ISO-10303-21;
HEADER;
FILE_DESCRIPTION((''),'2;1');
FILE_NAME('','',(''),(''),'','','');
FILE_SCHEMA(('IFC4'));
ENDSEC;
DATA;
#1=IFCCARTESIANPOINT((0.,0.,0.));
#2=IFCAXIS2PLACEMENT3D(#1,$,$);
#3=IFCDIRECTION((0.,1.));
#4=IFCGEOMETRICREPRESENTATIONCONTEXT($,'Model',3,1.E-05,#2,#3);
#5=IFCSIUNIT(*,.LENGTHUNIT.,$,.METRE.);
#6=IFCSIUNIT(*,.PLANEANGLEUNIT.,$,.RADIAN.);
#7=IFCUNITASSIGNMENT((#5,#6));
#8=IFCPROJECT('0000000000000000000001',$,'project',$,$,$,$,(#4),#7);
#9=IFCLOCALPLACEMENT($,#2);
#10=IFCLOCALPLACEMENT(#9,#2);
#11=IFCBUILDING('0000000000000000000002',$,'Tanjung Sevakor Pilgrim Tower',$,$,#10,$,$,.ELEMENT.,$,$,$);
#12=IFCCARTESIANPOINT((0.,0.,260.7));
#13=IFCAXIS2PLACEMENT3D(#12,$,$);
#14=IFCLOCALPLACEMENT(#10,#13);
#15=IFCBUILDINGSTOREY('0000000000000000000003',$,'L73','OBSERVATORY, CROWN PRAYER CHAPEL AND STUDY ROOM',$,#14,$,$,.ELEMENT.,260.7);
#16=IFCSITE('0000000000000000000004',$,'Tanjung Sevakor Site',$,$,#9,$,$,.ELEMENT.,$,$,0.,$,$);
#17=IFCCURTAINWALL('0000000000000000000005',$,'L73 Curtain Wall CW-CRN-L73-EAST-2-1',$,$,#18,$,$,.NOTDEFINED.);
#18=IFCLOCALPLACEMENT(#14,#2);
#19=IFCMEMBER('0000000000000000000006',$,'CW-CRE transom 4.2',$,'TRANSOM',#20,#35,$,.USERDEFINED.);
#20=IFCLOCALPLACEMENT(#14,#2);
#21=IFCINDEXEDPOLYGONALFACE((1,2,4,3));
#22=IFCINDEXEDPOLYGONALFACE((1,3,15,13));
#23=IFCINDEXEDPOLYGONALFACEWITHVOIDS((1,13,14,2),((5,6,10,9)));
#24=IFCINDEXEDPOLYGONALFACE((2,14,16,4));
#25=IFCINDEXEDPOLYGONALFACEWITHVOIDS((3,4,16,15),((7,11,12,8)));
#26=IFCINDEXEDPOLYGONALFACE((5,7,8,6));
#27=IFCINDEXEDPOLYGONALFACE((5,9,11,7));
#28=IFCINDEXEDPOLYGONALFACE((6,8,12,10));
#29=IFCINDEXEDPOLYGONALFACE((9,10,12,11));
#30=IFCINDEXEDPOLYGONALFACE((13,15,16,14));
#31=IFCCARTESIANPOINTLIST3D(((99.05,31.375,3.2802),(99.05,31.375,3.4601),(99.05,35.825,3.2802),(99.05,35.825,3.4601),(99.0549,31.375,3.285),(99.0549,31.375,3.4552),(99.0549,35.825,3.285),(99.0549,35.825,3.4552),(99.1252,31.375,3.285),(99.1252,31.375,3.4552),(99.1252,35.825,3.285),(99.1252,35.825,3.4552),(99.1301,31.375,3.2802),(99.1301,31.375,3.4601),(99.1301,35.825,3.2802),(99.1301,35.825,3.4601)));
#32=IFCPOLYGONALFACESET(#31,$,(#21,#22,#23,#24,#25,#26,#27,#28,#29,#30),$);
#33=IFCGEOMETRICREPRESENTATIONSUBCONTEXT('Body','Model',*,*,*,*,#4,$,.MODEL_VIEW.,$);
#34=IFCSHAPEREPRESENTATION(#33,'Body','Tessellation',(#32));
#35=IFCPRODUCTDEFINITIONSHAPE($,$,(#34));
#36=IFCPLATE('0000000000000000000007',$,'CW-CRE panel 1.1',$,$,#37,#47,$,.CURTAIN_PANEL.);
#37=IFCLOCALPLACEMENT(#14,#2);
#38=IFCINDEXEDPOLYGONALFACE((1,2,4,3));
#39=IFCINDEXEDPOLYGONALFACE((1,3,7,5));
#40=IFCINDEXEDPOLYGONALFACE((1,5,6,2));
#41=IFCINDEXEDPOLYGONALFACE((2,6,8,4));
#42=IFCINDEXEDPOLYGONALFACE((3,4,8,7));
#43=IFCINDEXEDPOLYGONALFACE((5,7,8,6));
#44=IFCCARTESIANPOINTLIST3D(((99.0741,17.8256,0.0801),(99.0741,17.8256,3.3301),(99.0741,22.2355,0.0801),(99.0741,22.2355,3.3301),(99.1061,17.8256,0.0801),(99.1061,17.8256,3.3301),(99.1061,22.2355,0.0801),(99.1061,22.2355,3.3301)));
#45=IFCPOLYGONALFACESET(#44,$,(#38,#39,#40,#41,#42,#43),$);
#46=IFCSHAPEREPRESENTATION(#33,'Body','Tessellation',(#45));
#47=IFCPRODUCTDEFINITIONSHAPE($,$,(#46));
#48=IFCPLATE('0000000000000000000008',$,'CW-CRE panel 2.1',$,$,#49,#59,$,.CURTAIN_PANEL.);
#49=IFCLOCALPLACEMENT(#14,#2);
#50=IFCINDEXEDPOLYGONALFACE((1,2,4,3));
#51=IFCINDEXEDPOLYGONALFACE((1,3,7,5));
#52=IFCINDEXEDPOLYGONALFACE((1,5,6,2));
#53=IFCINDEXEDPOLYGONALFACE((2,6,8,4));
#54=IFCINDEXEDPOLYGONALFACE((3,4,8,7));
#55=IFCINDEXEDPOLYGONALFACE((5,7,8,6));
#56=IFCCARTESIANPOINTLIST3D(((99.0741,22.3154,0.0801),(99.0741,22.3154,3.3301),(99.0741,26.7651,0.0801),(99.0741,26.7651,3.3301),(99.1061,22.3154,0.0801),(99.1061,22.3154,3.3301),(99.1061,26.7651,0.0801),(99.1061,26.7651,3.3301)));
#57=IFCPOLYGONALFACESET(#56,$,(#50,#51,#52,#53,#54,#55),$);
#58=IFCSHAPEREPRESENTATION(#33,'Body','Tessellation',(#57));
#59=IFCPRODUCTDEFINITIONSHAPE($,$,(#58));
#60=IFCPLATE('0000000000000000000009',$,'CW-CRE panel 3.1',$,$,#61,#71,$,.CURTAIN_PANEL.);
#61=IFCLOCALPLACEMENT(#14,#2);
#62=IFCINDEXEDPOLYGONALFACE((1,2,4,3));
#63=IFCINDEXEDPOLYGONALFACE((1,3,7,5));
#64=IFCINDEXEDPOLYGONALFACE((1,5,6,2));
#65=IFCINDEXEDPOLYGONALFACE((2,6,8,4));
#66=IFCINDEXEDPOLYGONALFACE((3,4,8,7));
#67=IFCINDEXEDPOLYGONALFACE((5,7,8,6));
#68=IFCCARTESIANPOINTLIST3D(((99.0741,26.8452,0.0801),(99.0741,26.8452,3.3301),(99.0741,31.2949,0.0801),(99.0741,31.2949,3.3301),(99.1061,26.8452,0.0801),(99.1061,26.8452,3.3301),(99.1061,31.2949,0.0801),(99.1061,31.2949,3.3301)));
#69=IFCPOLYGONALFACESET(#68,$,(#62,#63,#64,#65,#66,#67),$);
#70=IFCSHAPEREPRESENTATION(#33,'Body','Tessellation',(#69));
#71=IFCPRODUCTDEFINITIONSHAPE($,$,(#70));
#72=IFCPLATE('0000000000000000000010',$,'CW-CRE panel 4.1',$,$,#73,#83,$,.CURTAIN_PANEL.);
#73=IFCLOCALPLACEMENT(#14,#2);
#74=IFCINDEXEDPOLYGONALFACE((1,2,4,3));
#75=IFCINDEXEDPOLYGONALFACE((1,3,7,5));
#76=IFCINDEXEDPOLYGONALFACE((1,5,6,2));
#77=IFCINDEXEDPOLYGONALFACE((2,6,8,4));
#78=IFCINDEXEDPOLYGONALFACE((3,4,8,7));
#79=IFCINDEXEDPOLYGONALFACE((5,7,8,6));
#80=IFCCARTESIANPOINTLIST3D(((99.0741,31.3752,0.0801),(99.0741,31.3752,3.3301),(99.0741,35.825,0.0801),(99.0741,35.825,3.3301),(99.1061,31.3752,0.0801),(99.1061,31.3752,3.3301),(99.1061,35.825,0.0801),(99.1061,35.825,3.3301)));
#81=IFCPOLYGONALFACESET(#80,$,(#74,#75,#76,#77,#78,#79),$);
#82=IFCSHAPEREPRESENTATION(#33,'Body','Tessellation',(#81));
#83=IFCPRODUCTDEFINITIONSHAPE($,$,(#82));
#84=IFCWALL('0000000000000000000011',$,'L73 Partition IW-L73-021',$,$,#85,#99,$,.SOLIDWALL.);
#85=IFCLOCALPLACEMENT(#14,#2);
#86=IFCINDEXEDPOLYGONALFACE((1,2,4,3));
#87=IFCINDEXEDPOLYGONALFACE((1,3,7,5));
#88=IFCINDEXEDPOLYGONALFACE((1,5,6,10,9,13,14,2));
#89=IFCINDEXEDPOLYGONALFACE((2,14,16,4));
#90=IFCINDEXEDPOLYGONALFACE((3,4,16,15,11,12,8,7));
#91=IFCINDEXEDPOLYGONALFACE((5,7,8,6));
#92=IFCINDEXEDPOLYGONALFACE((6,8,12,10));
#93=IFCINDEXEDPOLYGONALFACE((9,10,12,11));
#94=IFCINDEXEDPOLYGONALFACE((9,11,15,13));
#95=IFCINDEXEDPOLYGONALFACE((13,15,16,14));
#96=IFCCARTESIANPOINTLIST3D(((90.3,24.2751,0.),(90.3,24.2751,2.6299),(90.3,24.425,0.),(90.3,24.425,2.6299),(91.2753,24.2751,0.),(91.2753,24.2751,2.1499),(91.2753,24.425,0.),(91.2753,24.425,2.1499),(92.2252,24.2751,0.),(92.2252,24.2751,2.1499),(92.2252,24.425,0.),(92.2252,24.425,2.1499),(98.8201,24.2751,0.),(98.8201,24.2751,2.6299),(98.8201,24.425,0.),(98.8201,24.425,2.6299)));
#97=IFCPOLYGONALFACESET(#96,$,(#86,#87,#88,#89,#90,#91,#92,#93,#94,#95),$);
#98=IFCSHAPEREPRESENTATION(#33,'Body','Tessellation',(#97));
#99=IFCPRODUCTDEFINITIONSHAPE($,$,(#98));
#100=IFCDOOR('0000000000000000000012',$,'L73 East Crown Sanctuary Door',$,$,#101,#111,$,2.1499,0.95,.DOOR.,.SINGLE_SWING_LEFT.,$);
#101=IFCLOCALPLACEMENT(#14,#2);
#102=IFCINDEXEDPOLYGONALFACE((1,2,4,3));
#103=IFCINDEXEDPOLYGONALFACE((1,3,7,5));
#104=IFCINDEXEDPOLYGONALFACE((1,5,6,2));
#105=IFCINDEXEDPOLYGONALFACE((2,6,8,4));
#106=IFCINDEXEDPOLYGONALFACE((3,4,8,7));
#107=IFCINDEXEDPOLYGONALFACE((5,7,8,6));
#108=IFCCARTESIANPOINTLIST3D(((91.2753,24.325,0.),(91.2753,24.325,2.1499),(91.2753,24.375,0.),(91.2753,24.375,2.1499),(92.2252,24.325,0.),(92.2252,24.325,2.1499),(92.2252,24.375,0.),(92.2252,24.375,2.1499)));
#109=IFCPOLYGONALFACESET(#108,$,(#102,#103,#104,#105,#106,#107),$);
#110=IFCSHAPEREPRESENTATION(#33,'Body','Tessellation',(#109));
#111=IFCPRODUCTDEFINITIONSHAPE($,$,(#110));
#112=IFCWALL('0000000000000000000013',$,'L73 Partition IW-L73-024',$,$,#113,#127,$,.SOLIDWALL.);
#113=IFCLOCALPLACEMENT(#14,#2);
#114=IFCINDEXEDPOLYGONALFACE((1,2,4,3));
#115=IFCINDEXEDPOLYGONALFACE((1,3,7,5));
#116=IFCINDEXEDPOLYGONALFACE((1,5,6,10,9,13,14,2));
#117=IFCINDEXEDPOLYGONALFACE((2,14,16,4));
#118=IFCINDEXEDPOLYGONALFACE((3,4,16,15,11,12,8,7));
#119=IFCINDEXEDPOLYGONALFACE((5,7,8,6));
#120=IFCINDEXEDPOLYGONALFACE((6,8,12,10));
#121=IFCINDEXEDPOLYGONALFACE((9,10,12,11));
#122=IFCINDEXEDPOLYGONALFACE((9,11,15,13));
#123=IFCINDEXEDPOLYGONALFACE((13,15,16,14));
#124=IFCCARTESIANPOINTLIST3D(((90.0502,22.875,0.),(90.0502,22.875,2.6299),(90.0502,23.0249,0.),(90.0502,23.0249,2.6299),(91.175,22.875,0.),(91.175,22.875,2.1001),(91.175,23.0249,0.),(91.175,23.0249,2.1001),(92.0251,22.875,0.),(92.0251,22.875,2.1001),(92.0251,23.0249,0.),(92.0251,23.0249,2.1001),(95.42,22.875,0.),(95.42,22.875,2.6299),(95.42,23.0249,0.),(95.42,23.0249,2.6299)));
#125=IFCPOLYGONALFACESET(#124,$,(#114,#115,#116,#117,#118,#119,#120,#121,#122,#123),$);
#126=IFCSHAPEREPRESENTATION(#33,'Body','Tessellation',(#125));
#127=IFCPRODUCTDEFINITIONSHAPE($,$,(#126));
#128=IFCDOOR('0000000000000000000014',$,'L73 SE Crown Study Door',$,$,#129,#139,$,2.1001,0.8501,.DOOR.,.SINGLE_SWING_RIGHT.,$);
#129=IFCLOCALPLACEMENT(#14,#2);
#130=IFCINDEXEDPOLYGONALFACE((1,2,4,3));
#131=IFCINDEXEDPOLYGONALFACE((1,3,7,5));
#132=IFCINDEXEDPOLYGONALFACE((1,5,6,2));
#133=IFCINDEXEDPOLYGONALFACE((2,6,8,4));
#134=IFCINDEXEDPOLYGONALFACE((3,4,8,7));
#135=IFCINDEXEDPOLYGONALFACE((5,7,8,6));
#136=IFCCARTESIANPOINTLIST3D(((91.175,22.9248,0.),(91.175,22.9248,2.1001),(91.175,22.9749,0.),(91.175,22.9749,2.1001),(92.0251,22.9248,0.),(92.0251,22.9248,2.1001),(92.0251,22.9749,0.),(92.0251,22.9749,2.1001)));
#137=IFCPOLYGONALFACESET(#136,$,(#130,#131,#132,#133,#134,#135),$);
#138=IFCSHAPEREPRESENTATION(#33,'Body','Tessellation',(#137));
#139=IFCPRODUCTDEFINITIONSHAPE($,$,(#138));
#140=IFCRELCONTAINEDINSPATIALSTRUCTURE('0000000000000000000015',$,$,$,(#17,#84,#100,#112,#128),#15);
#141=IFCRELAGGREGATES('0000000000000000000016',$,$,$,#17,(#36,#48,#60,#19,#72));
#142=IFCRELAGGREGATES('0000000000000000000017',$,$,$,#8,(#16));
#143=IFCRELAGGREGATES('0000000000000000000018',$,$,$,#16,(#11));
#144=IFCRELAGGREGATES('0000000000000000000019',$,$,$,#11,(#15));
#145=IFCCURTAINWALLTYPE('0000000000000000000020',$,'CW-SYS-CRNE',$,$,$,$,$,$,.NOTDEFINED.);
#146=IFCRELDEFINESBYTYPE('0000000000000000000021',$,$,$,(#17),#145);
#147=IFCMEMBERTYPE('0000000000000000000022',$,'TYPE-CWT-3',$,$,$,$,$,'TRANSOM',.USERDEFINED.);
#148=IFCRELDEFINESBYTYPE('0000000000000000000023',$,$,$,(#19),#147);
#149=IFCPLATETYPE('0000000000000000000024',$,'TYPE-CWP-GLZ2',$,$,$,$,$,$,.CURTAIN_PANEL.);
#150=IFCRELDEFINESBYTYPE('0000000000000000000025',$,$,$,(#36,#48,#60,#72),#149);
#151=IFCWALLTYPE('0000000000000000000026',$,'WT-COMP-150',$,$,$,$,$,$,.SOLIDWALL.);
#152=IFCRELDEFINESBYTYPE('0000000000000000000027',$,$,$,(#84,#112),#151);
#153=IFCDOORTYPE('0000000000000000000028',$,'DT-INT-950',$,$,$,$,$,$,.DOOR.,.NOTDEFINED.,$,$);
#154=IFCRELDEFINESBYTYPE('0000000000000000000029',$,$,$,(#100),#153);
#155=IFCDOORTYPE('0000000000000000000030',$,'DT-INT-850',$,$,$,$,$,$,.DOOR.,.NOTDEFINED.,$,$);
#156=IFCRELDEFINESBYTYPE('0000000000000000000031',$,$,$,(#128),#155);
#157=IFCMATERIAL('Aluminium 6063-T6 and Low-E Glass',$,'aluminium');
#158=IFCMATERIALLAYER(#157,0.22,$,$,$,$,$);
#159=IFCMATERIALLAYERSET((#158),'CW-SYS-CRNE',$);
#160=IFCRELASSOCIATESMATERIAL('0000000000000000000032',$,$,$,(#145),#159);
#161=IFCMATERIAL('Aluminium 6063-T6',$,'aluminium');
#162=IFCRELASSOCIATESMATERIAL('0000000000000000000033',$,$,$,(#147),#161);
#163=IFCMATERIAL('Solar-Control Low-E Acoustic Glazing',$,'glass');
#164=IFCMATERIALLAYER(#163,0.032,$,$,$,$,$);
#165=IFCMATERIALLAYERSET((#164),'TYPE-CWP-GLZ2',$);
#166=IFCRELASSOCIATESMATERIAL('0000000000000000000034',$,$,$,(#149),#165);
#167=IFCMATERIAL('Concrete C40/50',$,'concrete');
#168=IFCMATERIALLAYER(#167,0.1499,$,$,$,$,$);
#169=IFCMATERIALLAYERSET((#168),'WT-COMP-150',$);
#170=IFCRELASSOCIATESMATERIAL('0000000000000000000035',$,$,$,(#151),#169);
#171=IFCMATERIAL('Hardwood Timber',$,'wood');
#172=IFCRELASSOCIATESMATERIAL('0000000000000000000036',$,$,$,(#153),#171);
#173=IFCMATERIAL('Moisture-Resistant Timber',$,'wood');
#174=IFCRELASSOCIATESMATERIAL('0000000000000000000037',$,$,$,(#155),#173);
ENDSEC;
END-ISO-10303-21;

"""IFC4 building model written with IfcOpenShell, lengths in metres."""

from ifc_helpers import new_model, si_unit, direction, frame, frame_2d, origin, origin_2d, place, context, subcontext, project, spatial, rectangle, hollow_rectangle, extrude, material, layer, layer_set, material_profile, profile_set, type_object, element, fill, aggregate, save


model = new_model("IFC4")

# Units and contexts
model_context = context("Model", 3, precision=1e-05, world=origin(), true_north=direction((0.0, 1.0)))
body_context = subcontext(model_context, "Body", "Model", "MODEL_VIEW")
ifc_project = project(units=[si_unit("LENGTHUNIT", "METRE"), si_unit("PLANEANGLEUNIT", "RADIAN")], contexts=[model_context])

# Site, building, storey
site_placement = place(None, origin())
site = spatial("IfcSite", under=ifc_project, at=site_placement, Name="Tanjung Sevakor Site", CompositionType="ELEMENT", RefElevation=0.0)
building_placement = place(site_placement, origin())
building = spatial("IfcBuilding", under=site, at=building_placement, Name="Tanjung Sevakor Pilgrim Tower", CompositionType="ELEMENT")
storey_placement = place(building_placement, frame((0.0, 0.0, 260.7)))
storey = spatial("IfcBuildingStorey", under=building, at=storey_placement, Name="L73", Description="OBSERVATORY, CROWN PRAYER CHAPEL AND STUDY ROOM", CompositionType="ELEMENT", Elevation=260.7)

# Curtain wall, member, plates
ifc_material_1 = material(Name="Aluminium 6063-T6 and Low-E Glass", Category="aluminium")
ifc_layer_1 = layer(ifc_material_1, 0.22)
ifc_layer_set_1 = layer_set([ifc_layer_1], Name="CW-SYS-CRNE")
curtain_wall_type = type_object("IfcCurtainWallType", Name="CW-SYS-CRNE", PredefinedType="NOTDEFINED", material=ifc_layer_set_1)
curtain_wall_placement = place(storey_placement, origin())
curtain_wall = element("IfcCurtainWall", 1, at=curtain_wall_placement, inside=storey, type_object=curtain_wall_type, Name="L73 Curtain Wall CW-CRN-L73-EAST-2-1", PredefinedType="NOTDEFINED")
ifc_material_2 = material(Name="Aluminium 6063-T6", Category="aluminium")
ifc_material_profile_1 = material_profile(ifc_material_2, hollow_rectangle(XDim=0.0801, YDim=0.1799, WallThickness=0.0049, at=origin_2d()))
ifc_profile_set_1 = profile_set([ifc_material_profile_1], Name="Aluminium 6063-T6")
member_type_1 = type_object("IfcMemberType", Name="TYPE-CWT-3", ElementType="TRANSOM", PredefinedType="USERDEFINED", material=ifc_profile_set_1)
member_1_placement = place(storey_placement, frame((99.0901, 31.375, 3.3701), z_axis=(0.0, 1.0, 0.0), x_axis=(-1.0, 0.0, 0.0)))
member_1 = element("IfcMember", 2, at=member_1_placement, type_object=member_type_1, Name="CW-CRE transom 4.2", ObjectType="TRANSOM", PredefinedType="USERDEFINED", context=body_context, shape_type="SweptSolid", body=[
    extrude(hollow_rectangle(XDim=0.0801, YDim=0.1799, WallThickness=0.0049, at=origin_2d()), origin(), (0.0, 0.0, 1.0), 4.45),
])
ifc_material_3 = material(Name="Solar-Control Low-E Acoustic Glazing", Category="glass")
ifc_layer_2 = layer(ifc_material_3, 0.032)
ifc_layer_set_2 = layer_set([ifc_layer_2], Name="TYPE-CWP-GLZ2")
plate_type = type_object("IfcPlateType", Name="TYPE-CWP-GLZ2", PredefinedType="CURTAIN_PANEL", material=ifc_layer_set_2)
plate_1_placement = place(storey_placement, frame((99.0901, 20.0305, 0.0801), z_axis=(0.0, 0.0, 1.0), x_axis=(0.0, 1.0, 0.0)))
plate_1 = element("IfcPlate", 3, at=plate_1_placement, type_object=plate_type, Name="CW-CRE panel 1.1", PredefinedType="CURTAIN_PANEL", context=body_context, shape_type="SweptSolid", body=[
    extrude(rectangle(XDim=4.4099, YDim=0.032, at=origin_2d()), origin(), (0.0, 0.0, 1.0), 3.25),
])
plate_2_placement = place(storey_placement, frame((99.0901, 24.5403, 0.0801), z_axis=(0.0, 0.0, 1.0), x_axis=(0.0, 1.0, 0.0)))
plate_2 = element("IfcPlate", 4, at=plate_2_placement, type_object=plate_type, Name="CW-CRE panel 2.1", PredefinedType="CURTAIN_PANEL", context=body_context, shape_type="SweptSolid", body=[
    extrude(rectangle(XDim=4.4497, YDim=0.032, at=origin_2d()), origin(), (0.0, 0.0, 1.0), 3.25),
])
plate_3_placement = place(storey_placement, frame((99.0901, 29.0701, 0.0801), z_axis=(0.0, 0.0, 1.0), x_axis=(0.0, 1.0, 0.0)))
plate_3 = element("IfcPlate", 5, at=plate_3_placement, type_object=plate_type, Name="CW-CRE panel 3.1", PredefinedType="CURTAIN_PANEL", context=body_context, shape_type="SweptSolid", body=[
    extrude(rectangle(XDim=4.4497, YDim=0.032, at=origin_2d()), origin(), (0.0, 0.0, 1.0), 3.25),
])
plate_4_placement = place(storey_placement, frame((99.0901, 33.6001, 0.0801), z_axis=(0.0, 0.0, 1.0), x_axis=(0.0, 1.0, 0.0)))
plate_4 = element("IfcPlate", 6, at=plate_4_placement, type_object=plate_type, Name="CW-CRE panel 4.1", PredefinedType="CURTAIN_PANEL", context=body_context, shape_type="SweptSolid", body=[
    extrude(rectangle(XDim=4.4497, YDim=0.032, at=origin_2d()), origin(), (0.0, 0.0, 1.0), 3.25),
])
aggregate(curtain_wall, [plate_1, plate_2, plate_3, member_1, plate_4])

# Walls, openings, doors
ifc_material_4 = material(Name="Concrete C40/50", Category="concrete")
ifc_layer_3 = layer(ifc_material_4, 0.1499)
ifc_layer_set_3 = layer_set([ifc_layer_3], Name="WT-COMP-150")
wall_type = type_object("IfcWallType", Name="WT-COMP-150", PredefinedType="SOLIDWALL", material=ifc_layer_set_3)
wall_1_placement = place(storey_placement, frame((90.3, 24.3501, 0.0), z_axis=(0.0, 0.0, 1.0), x_axis=(1.0, 0.0, 0.0)))
wall_1 = element("IfcWall", 7, at=wall_1_placement, inside=storey, type_object=wall_type, Name="L73 Partition IW-L73-021", PredefinedType="SOLIDWALL", context=body_context, shape_type="SweptSolid", body=[
    extrude(rectangle(XDim=8.52, YDim=0.1499, at=frame_2d((4.26, 0.0))), origin(), (0.0, 0.0, 1.0), 2.6299),
])
opening_1_placement = place(wall_1_placement, frame((0.9751, 0.0, 0.0)))
opening_1 = element("IfcOpeningElement", 8, at=opening_1_placement, cuts=wall_1, PredefinedType="OPENING", context=body_context, shape_type="SweptSolid", body=[
    extrude(rectangle(XDim=0.95, YDim=2.1499, at=frame_2d((0.4751, 1.075))), frame((0.0, 0.085, 0.0), z_axis=(0.0, -1.0, 0.0), x_axis=(1.0, 0.0, 0.0)), (0.0, 0.0, 1.0), 0.1699),
])
ifc_material_5 = material(Name="Hardwood Timber", Category="wood")
door_type_1 = type_object("IfcDoorType", Name="DT-INT-950", OperationType="NOTDEFINED", PredefinedType="DOOR", material=ifc_material_5)
door_1_placement = place(opening_1_placement, origin())
door_1 = element("IfcDoor", 9, at=door_1_placement, inside=storey, type_object=door_type_1, Name="L73 East Crown Sanctuary Door", OperationType="SINGLE_SWING_LEFT", OverallHeight=2.1499, OverallWidth=0.95, PredefinedType="DOOR", context=body_context, shape_type="SweptSolid", body=[
    extrude(rectangle(XDim=0.95, YDim=2.1499, at=frame_2d((0.4751, 1.075))), frame((0.0, 0.0249, 0.0), z_axis=(0.0, -1.0, 0.0), x_axis=(1.0, 0.0, 0.0)), (0.0, 0.0, 1.0), 0.05),
])
fill(opening_1, door_1)
wall_2_placement = place(storey_placement, frame((90.05, 22.95, 0.0), z_axis=(0.0, 0.0, 1.0), x_axis=(1.0, 0.0, 0.0)))
wall_2 = element("IfcWall", 10, at=wall_2_placement, inside=storey, type_object=wall_type, Name="L73 Partition IW-L73-024", PredefinedType="SOLIDWALL", context=body_context, shape_type="SweptSolid", body=[
    extrude(rectangle(XDim=5.3699, YDim=0.1499, at=frame_2d((2.6851, 0.0))), origin(), (0.0, 0.0, 1.0), 2.6299),
])
opening_2_placement = place(wall_2_placement, frame((1.125, 0.0, 0.0)))
opening_2 = element("IfcOpeningElement", 11, at=opening_2_placement, cuts=wall_2, PredefinedType="OPENING", context=body_context, shape_type="SweptSolid", body=[
    extrude(rectangle(XDim=0.8501, YDim=2.1001, at=frame_2d((0.425, 1.05))), frame((0.0, 0.085, 0.0), z_axis=(0.0, -1.0, 0.0), x_axis=(1.0, 0.0, 0.0)), (0.0, 0.0, 1.0), 0.1699),
])
ifc_material_6 = material(Name="Moisture-Resistant Timber", Category="wood")
door_type_2 = type_object("IfcDoorType", Name="DT-INT-850", OperationType="NOTDEFINED", PredefinedType="DOOR", material=ifc_material_6)
door_2_placement = place(opening_2_placement, origin())
door_2 = element("IfcDoor", 12, at=door_2_placement, inside=storey, type_object=door_type_2, Name="L73 SE Crown Study Door", OperationType="SINGLE_SWING_RIGHT", OverallHeight=2.1001, OverallWidth=0.8501, PredefinedType="DOOR", context=body_context, shape_type="SweptSolid", body=[
    extrude(rectangle(XDim=0.8501, YDim=2.1001, at=frame_2d((0.425, 1.05))), frame((0.0, 0.0249, 0.0), z_axis=(0.0, -1.0, 0.0), x_axis=(1.0, 0.0, 0.0)), (0.0, 0.0, 1.0), 0.05),
])
fill(opening_2, door_2)

save(model, "model.ifc")
